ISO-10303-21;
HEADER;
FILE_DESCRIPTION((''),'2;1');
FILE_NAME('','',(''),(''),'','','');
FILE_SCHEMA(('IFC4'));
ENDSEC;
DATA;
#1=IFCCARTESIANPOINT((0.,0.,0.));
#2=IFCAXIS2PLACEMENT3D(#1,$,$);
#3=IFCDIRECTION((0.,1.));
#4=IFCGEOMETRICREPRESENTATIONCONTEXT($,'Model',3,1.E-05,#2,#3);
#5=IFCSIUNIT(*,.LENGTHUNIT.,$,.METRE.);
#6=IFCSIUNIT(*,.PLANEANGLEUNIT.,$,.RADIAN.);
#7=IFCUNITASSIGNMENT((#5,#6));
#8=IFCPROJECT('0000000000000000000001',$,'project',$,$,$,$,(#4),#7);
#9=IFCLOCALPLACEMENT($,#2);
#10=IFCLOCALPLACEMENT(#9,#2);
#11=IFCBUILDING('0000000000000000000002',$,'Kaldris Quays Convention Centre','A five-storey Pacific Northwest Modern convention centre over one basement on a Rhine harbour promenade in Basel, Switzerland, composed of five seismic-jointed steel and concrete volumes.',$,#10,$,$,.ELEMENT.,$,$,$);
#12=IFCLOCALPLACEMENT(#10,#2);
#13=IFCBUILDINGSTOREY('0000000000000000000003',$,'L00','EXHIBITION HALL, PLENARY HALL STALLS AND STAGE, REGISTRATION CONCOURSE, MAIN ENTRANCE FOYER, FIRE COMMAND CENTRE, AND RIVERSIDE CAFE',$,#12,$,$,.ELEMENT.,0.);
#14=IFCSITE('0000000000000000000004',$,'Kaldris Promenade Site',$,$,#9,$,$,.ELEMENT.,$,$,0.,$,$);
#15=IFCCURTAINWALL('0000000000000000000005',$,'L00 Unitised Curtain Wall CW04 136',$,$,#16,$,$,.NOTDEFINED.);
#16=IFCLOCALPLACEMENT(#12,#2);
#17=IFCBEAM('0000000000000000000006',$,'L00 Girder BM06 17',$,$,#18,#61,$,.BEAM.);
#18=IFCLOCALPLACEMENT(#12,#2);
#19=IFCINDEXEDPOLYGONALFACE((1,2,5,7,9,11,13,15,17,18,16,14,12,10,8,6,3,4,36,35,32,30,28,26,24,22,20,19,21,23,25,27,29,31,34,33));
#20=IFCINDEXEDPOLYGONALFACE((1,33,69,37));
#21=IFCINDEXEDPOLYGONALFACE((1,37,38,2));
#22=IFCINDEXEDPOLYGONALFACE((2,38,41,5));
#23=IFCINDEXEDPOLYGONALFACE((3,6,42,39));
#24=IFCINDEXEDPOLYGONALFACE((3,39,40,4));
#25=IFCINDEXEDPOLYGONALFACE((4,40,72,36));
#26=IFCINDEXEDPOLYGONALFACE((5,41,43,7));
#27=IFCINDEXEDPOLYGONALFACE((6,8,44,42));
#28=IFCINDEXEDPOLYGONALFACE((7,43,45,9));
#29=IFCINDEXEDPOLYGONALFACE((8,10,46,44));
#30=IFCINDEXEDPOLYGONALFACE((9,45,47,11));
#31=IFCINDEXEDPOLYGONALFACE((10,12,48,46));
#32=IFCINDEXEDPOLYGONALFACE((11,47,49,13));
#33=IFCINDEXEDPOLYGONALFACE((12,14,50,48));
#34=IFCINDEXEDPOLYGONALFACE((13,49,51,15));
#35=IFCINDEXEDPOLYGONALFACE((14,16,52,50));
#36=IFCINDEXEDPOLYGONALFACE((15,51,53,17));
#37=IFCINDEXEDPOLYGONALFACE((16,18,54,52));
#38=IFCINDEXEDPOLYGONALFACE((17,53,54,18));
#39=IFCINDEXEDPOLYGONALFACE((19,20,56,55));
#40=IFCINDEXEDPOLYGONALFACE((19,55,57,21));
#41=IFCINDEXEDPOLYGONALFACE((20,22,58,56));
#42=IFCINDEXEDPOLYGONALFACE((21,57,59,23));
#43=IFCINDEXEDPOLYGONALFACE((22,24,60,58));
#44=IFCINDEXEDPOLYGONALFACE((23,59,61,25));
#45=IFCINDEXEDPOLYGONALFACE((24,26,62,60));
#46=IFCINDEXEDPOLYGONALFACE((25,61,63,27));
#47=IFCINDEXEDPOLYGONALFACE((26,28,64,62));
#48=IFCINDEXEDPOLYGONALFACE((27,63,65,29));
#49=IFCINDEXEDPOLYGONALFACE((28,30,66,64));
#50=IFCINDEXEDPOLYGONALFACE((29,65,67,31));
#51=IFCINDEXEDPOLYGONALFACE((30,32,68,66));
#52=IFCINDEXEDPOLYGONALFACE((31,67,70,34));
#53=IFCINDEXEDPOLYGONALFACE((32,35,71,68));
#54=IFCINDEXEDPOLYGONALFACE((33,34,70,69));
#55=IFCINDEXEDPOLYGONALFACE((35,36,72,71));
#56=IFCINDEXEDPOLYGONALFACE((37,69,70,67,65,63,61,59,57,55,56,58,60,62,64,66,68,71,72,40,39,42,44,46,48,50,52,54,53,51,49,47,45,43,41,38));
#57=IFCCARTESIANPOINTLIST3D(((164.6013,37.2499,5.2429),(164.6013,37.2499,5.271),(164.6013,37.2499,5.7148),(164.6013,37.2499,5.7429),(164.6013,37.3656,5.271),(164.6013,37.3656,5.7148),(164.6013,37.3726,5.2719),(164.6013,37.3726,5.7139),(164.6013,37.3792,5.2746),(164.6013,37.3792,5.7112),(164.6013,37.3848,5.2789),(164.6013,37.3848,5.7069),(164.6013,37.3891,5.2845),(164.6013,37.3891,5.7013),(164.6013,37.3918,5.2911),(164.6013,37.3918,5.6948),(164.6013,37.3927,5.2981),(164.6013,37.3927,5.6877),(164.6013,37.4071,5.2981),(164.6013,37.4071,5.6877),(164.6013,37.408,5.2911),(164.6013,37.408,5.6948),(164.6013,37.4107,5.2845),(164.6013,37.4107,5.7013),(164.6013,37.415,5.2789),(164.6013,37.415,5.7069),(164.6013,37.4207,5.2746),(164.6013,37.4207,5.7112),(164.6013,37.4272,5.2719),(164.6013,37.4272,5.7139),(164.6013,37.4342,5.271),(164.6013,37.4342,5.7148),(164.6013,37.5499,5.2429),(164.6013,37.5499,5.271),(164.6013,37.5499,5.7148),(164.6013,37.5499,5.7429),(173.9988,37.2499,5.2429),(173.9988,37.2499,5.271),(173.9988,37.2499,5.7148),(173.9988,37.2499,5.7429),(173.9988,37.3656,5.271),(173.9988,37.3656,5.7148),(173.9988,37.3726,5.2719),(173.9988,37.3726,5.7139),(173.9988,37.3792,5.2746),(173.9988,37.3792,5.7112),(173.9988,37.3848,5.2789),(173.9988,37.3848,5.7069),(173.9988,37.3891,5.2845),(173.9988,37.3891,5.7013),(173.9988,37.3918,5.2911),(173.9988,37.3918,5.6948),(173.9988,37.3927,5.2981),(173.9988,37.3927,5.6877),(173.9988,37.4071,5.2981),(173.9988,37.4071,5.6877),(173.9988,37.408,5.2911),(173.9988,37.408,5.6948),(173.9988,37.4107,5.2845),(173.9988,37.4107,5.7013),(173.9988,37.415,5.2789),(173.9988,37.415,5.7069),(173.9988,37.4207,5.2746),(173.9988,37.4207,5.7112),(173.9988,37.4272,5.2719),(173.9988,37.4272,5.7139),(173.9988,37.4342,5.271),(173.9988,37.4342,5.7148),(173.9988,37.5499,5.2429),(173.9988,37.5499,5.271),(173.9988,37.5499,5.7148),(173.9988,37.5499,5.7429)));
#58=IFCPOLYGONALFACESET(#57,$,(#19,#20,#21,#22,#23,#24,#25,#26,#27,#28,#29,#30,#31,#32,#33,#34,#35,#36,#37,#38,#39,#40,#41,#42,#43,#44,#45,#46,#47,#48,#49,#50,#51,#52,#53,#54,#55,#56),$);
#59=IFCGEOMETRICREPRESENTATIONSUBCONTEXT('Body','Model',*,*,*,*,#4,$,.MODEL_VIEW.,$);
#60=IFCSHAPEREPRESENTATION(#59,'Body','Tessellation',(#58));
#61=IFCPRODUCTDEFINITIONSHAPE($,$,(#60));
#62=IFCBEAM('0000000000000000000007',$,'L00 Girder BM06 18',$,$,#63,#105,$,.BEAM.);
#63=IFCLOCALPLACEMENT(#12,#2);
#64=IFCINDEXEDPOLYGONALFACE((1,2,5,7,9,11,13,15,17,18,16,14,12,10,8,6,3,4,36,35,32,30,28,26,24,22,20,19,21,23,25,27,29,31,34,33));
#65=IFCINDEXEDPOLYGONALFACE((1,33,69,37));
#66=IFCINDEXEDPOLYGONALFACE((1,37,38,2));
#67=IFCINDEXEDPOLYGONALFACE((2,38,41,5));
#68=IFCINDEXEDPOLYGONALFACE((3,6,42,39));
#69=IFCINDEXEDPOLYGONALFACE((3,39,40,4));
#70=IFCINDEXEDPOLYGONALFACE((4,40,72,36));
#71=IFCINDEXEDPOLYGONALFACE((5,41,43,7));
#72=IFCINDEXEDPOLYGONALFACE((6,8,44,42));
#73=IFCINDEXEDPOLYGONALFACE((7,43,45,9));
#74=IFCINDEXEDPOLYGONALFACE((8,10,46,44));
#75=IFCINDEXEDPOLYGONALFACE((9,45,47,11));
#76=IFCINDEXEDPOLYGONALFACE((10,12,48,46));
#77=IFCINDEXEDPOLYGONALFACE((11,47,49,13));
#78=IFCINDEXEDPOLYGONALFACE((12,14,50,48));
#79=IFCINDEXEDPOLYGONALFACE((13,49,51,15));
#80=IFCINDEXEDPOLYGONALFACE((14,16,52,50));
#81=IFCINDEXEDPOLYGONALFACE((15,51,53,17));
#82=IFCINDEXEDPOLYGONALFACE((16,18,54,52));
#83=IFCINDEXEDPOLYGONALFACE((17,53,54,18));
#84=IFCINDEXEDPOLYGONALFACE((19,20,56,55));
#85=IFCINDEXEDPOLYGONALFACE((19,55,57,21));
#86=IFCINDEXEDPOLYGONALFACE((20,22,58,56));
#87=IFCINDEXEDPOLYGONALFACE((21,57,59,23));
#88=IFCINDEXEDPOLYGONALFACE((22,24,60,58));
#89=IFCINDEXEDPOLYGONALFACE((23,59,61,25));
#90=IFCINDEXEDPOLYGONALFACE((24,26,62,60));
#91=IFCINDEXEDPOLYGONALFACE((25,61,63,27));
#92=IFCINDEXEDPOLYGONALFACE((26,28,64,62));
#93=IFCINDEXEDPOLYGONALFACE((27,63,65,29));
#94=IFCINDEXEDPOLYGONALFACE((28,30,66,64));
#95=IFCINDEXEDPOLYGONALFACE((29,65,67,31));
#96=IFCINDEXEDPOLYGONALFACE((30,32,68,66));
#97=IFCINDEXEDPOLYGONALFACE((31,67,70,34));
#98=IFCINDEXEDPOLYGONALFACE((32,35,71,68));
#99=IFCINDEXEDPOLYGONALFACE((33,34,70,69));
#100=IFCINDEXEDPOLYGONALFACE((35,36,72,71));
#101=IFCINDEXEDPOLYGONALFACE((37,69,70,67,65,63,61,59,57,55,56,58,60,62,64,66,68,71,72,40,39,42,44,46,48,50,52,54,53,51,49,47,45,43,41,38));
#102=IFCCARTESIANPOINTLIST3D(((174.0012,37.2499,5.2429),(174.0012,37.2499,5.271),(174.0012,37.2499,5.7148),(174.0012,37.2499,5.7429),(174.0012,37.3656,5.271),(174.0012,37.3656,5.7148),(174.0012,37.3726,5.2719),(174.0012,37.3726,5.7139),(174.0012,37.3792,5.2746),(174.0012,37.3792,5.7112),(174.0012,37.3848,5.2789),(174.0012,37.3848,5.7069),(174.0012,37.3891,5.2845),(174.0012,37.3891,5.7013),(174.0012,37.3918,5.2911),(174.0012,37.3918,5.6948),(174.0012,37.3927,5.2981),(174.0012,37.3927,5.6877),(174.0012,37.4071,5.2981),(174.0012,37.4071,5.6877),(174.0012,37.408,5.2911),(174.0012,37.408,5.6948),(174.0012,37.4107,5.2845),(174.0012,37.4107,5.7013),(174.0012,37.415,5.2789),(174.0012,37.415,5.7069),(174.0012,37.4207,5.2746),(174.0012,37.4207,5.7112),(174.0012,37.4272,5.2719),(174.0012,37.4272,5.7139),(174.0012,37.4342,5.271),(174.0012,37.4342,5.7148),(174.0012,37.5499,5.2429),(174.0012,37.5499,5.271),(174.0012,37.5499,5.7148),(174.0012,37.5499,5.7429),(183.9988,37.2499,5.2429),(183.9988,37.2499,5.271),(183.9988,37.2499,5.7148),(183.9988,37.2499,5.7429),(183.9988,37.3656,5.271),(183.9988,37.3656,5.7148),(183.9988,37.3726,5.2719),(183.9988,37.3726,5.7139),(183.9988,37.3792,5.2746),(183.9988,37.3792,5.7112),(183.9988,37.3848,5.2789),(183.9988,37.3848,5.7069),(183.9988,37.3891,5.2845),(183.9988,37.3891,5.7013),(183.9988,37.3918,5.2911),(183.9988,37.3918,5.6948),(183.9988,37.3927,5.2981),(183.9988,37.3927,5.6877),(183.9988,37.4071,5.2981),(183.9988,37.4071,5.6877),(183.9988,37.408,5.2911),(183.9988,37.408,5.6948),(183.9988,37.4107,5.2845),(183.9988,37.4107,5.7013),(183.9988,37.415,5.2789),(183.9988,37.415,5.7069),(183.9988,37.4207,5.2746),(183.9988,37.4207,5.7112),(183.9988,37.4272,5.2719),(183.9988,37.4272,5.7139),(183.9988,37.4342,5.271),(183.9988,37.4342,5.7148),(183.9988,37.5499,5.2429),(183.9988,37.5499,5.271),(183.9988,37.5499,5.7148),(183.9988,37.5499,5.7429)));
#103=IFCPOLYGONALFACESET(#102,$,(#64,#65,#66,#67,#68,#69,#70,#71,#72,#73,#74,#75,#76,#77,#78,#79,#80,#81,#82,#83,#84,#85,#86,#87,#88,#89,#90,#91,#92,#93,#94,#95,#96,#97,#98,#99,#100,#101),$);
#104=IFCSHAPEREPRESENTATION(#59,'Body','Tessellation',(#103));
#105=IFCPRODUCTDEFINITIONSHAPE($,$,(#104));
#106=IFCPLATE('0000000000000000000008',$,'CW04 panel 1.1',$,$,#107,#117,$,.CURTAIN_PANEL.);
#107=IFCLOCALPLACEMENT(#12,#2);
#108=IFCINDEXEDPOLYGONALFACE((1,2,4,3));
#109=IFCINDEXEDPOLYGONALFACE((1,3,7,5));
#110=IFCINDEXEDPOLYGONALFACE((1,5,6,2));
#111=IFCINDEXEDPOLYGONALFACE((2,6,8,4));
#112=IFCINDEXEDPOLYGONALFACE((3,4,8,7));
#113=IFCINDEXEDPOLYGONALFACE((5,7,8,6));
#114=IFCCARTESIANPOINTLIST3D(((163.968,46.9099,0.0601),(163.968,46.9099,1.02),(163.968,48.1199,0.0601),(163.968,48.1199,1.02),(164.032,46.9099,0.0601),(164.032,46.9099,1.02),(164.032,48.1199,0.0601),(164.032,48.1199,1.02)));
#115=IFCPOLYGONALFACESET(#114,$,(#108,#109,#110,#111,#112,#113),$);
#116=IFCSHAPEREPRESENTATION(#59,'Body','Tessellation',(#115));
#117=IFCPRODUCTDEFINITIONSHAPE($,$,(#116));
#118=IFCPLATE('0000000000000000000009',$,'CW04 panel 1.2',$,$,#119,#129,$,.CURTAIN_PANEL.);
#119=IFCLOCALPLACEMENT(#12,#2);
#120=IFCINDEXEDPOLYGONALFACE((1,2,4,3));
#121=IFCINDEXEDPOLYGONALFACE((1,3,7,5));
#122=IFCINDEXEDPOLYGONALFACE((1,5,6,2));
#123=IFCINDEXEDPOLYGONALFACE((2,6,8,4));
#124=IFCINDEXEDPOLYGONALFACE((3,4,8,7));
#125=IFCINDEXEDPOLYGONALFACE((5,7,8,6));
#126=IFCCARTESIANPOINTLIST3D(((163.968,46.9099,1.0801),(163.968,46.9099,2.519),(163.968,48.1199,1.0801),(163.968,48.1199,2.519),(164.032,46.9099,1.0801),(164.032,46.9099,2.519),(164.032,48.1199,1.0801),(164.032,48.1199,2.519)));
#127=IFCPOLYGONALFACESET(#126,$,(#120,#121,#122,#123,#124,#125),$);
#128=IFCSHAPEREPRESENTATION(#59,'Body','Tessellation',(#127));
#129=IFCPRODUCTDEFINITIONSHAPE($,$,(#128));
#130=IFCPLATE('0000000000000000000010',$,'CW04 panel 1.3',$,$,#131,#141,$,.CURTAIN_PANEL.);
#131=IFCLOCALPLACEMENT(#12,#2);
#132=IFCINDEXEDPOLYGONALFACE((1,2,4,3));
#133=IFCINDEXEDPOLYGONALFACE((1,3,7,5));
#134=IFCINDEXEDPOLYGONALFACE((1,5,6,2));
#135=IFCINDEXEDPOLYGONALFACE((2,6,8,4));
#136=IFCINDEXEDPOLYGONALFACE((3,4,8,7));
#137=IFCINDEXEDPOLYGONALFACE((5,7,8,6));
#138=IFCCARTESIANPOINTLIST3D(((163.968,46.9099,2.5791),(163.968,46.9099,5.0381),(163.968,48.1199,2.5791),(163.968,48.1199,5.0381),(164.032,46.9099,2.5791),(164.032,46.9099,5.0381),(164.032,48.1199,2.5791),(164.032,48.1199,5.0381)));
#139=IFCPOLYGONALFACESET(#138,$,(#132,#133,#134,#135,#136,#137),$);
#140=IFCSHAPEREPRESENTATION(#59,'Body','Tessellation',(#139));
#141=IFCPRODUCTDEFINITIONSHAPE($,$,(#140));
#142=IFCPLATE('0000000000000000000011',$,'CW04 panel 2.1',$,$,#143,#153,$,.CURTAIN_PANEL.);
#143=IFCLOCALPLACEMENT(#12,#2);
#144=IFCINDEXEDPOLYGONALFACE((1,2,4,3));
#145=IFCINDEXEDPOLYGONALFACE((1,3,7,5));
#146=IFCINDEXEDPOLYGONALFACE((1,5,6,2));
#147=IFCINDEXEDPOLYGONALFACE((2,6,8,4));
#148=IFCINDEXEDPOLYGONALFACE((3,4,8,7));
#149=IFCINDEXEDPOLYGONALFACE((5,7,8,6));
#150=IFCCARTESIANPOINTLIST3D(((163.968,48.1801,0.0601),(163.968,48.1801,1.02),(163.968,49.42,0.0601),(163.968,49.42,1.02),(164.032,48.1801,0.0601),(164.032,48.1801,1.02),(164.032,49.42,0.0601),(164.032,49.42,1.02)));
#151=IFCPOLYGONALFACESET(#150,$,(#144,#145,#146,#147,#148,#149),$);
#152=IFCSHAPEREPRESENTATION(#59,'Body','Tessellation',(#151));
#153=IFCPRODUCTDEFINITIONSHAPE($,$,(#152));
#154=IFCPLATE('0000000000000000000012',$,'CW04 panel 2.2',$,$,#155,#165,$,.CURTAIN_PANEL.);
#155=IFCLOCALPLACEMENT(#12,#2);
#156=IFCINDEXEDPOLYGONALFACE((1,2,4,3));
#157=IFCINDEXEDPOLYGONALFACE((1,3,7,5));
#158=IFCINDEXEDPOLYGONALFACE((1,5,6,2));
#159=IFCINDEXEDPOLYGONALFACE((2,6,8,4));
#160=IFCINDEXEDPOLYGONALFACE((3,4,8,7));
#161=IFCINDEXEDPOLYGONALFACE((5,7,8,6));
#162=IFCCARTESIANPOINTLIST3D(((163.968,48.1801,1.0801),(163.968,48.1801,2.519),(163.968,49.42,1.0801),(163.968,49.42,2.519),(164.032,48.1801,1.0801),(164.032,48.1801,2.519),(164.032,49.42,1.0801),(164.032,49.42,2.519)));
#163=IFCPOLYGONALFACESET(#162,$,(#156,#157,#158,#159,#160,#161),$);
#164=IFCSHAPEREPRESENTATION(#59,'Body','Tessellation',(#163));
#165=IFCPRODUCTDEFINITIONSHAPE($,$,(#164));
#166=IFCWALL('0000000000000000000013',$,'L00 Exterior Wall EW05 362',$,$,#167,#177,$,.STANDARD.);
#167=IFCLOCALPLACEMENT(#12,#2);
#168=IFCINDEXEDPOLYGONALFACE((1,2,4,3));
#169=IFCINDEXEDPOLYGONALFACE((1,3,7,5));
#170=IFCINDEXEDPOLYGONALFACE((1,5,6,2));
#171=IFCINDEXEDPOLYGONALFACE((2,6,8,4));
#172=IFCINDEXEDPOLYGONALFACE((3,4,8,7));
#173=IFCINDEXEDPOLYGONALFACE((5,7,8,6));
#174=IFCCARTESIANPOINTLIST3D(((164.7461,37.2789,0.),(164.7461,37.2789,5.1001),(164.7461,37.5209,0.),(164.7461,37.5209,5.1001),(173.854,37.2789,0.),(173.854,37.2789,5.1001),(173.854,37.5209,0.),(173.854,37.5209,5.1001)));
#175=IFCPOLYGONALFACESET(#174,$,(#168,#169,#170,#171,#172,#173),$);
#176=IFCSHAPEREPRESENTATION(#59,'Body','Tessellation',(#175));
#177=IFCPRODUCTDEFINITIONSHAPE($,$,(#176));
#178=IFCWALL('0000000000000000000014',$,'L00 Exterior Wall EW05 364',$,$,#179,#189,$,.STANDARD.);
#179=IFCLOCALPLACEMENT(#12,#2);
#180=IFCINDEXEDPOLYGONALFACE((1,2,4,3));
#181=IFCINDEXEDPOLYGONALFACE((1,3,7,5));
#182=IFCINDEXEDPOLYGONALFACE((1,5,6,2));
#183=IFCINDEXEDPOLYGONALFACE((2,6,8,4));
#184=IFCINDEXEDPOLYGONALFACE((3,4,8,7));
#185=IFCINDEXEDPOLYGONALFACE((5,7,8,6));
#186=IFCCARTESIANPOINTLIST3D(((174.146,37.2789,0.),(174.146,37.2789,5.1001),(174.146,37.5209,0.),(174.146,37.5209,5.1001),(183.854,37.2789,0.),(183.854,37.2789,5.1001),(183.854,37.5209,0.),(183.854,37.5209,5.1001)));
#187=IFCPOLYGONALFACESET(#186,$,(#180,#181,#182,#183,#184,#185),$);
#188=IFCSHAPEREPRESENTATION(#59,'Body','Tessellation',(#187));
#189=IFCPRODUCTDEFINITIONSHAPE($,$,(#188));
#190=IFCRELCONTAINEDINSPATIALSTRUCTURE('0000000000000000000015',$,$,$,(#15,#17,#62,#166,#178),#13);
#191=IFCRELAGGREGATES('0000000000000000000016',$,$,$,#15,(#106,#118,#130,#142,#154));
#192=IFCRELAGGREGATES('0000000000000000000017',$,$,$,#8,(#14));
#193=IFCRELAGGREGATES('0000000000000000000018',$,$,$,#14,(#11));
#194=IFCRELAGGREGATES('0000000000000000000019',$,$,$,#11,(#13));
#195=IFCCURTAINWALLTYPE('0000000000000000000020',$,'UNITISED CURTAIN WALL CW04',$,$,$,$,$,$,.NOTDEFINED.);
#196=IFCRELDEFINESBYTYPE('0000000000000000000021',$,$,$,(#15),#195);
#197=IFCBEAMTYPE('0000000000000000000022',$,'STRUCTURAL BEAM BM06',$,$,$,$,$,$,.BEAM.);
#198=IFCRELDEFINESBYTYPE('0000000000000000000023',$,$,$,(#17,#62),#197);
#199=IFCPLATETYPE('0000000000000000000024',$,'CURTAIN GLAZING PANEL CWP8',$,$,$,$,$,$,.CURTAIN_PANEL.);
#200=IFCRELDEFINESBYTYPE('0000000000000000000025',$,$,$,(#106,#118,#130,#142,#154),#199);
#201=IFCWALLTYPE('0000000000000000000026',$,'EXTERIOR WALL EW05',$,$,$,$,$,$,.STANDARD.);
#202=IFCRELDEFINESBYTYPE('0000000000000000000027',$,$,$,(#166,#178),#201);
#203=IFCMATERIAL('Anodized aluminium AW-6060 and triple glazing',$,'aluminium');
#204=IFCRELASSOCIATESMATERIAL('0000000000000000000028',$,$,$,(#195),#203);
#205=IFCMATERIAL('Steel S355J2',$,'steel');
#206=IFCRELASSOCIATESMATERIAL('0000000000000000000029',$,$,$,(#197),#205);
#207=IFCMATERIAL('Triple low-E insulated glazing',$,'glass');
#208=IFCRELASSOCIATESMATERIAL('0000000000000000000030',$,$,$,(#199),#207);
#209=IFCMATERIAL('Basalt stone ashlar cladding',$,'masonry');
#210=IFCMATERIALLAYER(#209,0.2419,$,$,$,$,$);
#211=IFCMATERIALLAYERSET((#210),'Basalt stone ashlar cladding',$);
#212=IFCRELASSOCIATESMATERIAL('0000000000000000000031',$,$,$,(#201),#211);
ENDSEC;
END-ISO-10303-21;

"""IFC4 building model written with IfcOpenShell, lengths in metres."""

from ifc_helpers import new_model, si_unit, direction, frame, frame_2d, origin, origin_2d, place, context, subcontext, project, spatial, rectangle, i_section, extrude, material, layer, layer_set, material_profile, profile_set, type_object, element, aggregate, save


model = new_model("IFC4")

# Units and contexts
model_context = context("Model", 3, precision=1e-05, world=origin(), true_north=direction((0.0, 1.0)))
body_context = subcontext(model_context, "Body", "Model", "MODEL_VIEW")
ifc_project = project(units=[si_unit("LENGTHUNIT", "METRE"), si_unit("PLANEANGLEUNIT", "RADIAN")], contexts=[model_context])

# Site, building, storey
site_placement = place(None, origin())
site = spatial("IfcSite", under=ifc_project, at=site_placement, Name="Kaldris Promenade Site", CompositionType="ELEMENT", RefElevation=0.0)
building_placement = place(site_placement, origin())
building = spatial("IfcBuilding", under=site, at=building_placement, Name="Kaldris Quays Convention Centre", Description="A five-storey Pacific Northwest Modern convention centre over one basement on a Rhine harbour promenade in Basel, Switzerland, composed of five seismic-jointed steel and concrete volumes.", CompositionType="ELEMENT")
storey_placement = place(building_placement, origin())
storey = spatial("IfcBuildingStorey", under=building, at=storey_placement, Name="L00", Description="EXHIBITION HALL, PLENARY HALL STALLS AND STAGE, REGISTRATION CONCOURSE, MAIN ENTRANCE FOYER, FIRE COMMAND CENTRE, AND RIVERSIDE CAFE", CompositionType="ELEMENT", Elevation=0.0)

# Shared definitions
ifc_material_1 = material(Name="Steel S355J2", Category="steel")

# Curtain wall
ifc_material_2 = material(Name="Anodized aluminium AW-6060 and triple glazing", Category="aluminium")
curtain_wall_type = type_object("IfcCurtainWallType", Name="UNITISED CURTAIN WALL CW04", PredefinedType="NOTDEFINED", material=ifc_material_2)
curtain_wall_placement = place(storey_placement, origin())
curtain_wall = element("IfcCurtainWall", 1, at=curtain_wall_placement, inside=storey, type_object=curtain_wall_type, Name="L00 Unitised Curtain Wall CW04 136", PredefinedType="NOTDEFINED")

# Beams
ifc_material_profile_1 = material_profile(ifc_material_1, i_section(OverallWidth=0.3, OverallDepth=0.5, WebThickness=0.0144, FlangeThickness=0.0281, FilletRadius=0.0271, at=origin_2d()), Name="HEB 500")
ifc_profile_set_1 = profile_set([ifc_material_profile_1], Name="Steel S355J2")
beam_type = type_object("IfcBeamType", Name="STRUCTURAL BEAM BM06", PredefinedType="BEAM", material=ifc_profile_set_1)
beam_1_placement = place(storey_placement, frame((164.6013, 37.3999, 5.4929), z_axis=(1.0, 0.0, 0.0), x_axis=(0.0, 1.0, 0.0)))
element("IfcBeam", 2, at=beam_1_placement, inside=storey, type_object=beam_type, Name="L00 Girder BM06 17", PredefinedType="BEAM", context=body_context, shape_type="SweptSolid", body=[
    extrude(i_section(OverallWidth=0.3, OverallDepth=0.5, WebThickness=0.0144, FlangeThickness=0.0281, FilletRadius=0.0271, at=origin_2d()), origin(), (0.0, 0.0, 1.0), 9.3975),
])
beam_2_placement = place(storey_placement, frame((174.0012, 37.3999, 5.4929), z_axis=(1.0, 0.0, 0.0), x_axis=(0.0, 1.0, 0.0)))
element("IfcBeam", 3, at=beam_2_placement, inside=storey, type_object=beam_type, Name="L00 Girder BM06 18", PredefinedType="BEAM", context=body_context, shape_type="SweptSolid", body=[
    extrude(i_section(OverallWidth=0.3, OverallDepth=0.5, WebThickness=0.0144, FlangeThickness=0.0281, FilletRadius=0.0271, at=origin_2d()), origin(), (0.0, 0.0, 1.0), 9.9976),
])

# Plates
ifc_material_3 = material(Name="Triple low-E insulated glazing", Category="glass")
plate_type = type_object("IfcPlateType", Name="CURTAIN GLAZING PANEL CWP8", PredefinedType="CURTAIN_PANEL", material=ifc_material_3)
plate_1_placement = place(storey_placement, frame((164.0, 47.5149, 0.0601), z_axis=(0.0, 0.0, 1.0), x_axis=(0.0, 1.0, 0.0)))
plate_1 = element("IfcPlate", 4, at=plate_1_placement, type_object=plate_type, Name="CW04 panel 1.1", PredefinedType="CURTAIN_PANEL", context=body_context, shape_type="SweptSolid", body=[
    extrude(rectangle(XDim=1.21, YDim=0.064, at=origin_2d()), origin(), (0.0, 0.0, 1.0), 0.96),
])
plate_2_placement = place(storey_placement, frame((164.0, 47.5149, 1.0801), z_axis=(0.0, 0.0, 1.0), x_axis=(0.0, 1.0, 0.0)))
plate_2 = element("IfcPlate", 5, at=plate_2_placement, type_object=plate_type, Name="CW04 panel 1.2", PredefinedType="CURTAIN_PANEL", context=body_context, shape_type="SweptSolid", body=[
    extrude(rectangle(XDim=1.21, YDim=0.064, at=origin_2d()), origin(), (0.0, 0.0, 1.0), 1.439),
])
plate_3_placement = place(storey_placement, frame((164.0, 47.5149, 2.5791), z_axis=(0.0, 0.0, 1.0), x_axis=(0.0, 1.0, 0.0)))
plate_3 = element("IfcPlate", 6, at=plate_3_placement, type_object=plate_type, Name="CW04 panel 1.3", PredefinedType="CURTAIN_PANEL", context=body_context, shape_type="SweptSolid", body=[
    extrude(rectangle(XDim=1.21, YDim=0.064, at=origin_2d()), origin(), (0.0, 0.0, 1.0), 2.459),
])
plate_4_placement = place(storey_placement, frame((164.0, 48.8, 0.0601), z_axis=(0.0, 0.0, 1.0), x_axis=(0.0, 1.0, 0.0)))
plate_4 = element("IfcPlate", 7, at=plate_4_placement, type_object=plate_type, Name="CW04 panel 2.1", PredefinedType="CURTAIN_PANEL", context=body_context, shape_type="SweptSolid", body=[
    extrude(rectangle(XDim=1.24, YDim=0.064, at=origin_2d()), origin(), (0.0, 0.0, 1.0), 0.96),
])
plate_5_placement = place(storey_placement, frame((164.0, 48.8, 1.0801), z_axis=(0.0, 0.0, 1.0), x_axis=(0.0, 1.0, 0.0)))
plate_5 = element("IfcPlate", 8, at=plate_5_placement, type_object=plate_type, Name="CW04 panel 2.2", PredefinedType="CURTAIN_PANEL", context=body_context, shape_type="SweptSolid", body=[
    extrude(rectangle(XDim=1.24, YDim=0.064, at=origin_2d()), origin(), (0.0, 0.0, 1.0), 1.439),
])
aggregate(curtain_wall, [plate_1, plate_2, plate_3, plate_4, plate_5])

# Walls
ifc_material_4 = material(Name="Basalt stone ashlar cladding", Category="masonry")
ifc_layer_1 = layer(ifc_material_4, 0.2419)
ifc_layer_set_1 = layer_set([ifc_layer_1], Name="Basalt stone ashlar cladding")
wall_type_1 = type_object("IfcWallType", Name="EXTERIOR WALL EW05", PredefinedType="STANDARD", material=ifc_layer_set_1)
wall_1_placement = place(storey_placement, frame((164.7461, 37.3999, 0.0), z_axis=(0.0, 0.0, 1.0), x_axis=(1.0, 0.0, 0.0)))
element("IfcWall", 9, at=wall_1_placement, inside=storey, type_object=wall_type_1, Name="L00 Exterior Wall EW05 362", PredefinedType="STANDARD", context=body_context, shape_type="SweptSolid", body=[
    extrude(rectangle(XDim=9.1079, YDim=0.2419, at=frame_2d((4.554, 0.0))), origin(), (0.0, 0.0, 1.0), 5.1001),
])
wall_2_placement = place(storey_placement, frame((174.146, 37.3999, 0.0), z_axis=(0.0, 0.0, 1.0), x_axis=(1.0, 0.0, 0.0)))
element("IfcWall", 10, at=wall_2_placement, inside=storey, type_object=wall_type_1, Name="L00 Exterior Wall EW05 364", PredefinedType="STANDARD", context=body_context, shape_type="SweptSolid", body=[
    extrude(rectangle(XDim=9.708, YDim=0.2419, at=frame_2d((4.854, 0.0))), origin(), (0.0, 0.0, 1.0), 5.1001),
])

save(model, "model.ifc")
